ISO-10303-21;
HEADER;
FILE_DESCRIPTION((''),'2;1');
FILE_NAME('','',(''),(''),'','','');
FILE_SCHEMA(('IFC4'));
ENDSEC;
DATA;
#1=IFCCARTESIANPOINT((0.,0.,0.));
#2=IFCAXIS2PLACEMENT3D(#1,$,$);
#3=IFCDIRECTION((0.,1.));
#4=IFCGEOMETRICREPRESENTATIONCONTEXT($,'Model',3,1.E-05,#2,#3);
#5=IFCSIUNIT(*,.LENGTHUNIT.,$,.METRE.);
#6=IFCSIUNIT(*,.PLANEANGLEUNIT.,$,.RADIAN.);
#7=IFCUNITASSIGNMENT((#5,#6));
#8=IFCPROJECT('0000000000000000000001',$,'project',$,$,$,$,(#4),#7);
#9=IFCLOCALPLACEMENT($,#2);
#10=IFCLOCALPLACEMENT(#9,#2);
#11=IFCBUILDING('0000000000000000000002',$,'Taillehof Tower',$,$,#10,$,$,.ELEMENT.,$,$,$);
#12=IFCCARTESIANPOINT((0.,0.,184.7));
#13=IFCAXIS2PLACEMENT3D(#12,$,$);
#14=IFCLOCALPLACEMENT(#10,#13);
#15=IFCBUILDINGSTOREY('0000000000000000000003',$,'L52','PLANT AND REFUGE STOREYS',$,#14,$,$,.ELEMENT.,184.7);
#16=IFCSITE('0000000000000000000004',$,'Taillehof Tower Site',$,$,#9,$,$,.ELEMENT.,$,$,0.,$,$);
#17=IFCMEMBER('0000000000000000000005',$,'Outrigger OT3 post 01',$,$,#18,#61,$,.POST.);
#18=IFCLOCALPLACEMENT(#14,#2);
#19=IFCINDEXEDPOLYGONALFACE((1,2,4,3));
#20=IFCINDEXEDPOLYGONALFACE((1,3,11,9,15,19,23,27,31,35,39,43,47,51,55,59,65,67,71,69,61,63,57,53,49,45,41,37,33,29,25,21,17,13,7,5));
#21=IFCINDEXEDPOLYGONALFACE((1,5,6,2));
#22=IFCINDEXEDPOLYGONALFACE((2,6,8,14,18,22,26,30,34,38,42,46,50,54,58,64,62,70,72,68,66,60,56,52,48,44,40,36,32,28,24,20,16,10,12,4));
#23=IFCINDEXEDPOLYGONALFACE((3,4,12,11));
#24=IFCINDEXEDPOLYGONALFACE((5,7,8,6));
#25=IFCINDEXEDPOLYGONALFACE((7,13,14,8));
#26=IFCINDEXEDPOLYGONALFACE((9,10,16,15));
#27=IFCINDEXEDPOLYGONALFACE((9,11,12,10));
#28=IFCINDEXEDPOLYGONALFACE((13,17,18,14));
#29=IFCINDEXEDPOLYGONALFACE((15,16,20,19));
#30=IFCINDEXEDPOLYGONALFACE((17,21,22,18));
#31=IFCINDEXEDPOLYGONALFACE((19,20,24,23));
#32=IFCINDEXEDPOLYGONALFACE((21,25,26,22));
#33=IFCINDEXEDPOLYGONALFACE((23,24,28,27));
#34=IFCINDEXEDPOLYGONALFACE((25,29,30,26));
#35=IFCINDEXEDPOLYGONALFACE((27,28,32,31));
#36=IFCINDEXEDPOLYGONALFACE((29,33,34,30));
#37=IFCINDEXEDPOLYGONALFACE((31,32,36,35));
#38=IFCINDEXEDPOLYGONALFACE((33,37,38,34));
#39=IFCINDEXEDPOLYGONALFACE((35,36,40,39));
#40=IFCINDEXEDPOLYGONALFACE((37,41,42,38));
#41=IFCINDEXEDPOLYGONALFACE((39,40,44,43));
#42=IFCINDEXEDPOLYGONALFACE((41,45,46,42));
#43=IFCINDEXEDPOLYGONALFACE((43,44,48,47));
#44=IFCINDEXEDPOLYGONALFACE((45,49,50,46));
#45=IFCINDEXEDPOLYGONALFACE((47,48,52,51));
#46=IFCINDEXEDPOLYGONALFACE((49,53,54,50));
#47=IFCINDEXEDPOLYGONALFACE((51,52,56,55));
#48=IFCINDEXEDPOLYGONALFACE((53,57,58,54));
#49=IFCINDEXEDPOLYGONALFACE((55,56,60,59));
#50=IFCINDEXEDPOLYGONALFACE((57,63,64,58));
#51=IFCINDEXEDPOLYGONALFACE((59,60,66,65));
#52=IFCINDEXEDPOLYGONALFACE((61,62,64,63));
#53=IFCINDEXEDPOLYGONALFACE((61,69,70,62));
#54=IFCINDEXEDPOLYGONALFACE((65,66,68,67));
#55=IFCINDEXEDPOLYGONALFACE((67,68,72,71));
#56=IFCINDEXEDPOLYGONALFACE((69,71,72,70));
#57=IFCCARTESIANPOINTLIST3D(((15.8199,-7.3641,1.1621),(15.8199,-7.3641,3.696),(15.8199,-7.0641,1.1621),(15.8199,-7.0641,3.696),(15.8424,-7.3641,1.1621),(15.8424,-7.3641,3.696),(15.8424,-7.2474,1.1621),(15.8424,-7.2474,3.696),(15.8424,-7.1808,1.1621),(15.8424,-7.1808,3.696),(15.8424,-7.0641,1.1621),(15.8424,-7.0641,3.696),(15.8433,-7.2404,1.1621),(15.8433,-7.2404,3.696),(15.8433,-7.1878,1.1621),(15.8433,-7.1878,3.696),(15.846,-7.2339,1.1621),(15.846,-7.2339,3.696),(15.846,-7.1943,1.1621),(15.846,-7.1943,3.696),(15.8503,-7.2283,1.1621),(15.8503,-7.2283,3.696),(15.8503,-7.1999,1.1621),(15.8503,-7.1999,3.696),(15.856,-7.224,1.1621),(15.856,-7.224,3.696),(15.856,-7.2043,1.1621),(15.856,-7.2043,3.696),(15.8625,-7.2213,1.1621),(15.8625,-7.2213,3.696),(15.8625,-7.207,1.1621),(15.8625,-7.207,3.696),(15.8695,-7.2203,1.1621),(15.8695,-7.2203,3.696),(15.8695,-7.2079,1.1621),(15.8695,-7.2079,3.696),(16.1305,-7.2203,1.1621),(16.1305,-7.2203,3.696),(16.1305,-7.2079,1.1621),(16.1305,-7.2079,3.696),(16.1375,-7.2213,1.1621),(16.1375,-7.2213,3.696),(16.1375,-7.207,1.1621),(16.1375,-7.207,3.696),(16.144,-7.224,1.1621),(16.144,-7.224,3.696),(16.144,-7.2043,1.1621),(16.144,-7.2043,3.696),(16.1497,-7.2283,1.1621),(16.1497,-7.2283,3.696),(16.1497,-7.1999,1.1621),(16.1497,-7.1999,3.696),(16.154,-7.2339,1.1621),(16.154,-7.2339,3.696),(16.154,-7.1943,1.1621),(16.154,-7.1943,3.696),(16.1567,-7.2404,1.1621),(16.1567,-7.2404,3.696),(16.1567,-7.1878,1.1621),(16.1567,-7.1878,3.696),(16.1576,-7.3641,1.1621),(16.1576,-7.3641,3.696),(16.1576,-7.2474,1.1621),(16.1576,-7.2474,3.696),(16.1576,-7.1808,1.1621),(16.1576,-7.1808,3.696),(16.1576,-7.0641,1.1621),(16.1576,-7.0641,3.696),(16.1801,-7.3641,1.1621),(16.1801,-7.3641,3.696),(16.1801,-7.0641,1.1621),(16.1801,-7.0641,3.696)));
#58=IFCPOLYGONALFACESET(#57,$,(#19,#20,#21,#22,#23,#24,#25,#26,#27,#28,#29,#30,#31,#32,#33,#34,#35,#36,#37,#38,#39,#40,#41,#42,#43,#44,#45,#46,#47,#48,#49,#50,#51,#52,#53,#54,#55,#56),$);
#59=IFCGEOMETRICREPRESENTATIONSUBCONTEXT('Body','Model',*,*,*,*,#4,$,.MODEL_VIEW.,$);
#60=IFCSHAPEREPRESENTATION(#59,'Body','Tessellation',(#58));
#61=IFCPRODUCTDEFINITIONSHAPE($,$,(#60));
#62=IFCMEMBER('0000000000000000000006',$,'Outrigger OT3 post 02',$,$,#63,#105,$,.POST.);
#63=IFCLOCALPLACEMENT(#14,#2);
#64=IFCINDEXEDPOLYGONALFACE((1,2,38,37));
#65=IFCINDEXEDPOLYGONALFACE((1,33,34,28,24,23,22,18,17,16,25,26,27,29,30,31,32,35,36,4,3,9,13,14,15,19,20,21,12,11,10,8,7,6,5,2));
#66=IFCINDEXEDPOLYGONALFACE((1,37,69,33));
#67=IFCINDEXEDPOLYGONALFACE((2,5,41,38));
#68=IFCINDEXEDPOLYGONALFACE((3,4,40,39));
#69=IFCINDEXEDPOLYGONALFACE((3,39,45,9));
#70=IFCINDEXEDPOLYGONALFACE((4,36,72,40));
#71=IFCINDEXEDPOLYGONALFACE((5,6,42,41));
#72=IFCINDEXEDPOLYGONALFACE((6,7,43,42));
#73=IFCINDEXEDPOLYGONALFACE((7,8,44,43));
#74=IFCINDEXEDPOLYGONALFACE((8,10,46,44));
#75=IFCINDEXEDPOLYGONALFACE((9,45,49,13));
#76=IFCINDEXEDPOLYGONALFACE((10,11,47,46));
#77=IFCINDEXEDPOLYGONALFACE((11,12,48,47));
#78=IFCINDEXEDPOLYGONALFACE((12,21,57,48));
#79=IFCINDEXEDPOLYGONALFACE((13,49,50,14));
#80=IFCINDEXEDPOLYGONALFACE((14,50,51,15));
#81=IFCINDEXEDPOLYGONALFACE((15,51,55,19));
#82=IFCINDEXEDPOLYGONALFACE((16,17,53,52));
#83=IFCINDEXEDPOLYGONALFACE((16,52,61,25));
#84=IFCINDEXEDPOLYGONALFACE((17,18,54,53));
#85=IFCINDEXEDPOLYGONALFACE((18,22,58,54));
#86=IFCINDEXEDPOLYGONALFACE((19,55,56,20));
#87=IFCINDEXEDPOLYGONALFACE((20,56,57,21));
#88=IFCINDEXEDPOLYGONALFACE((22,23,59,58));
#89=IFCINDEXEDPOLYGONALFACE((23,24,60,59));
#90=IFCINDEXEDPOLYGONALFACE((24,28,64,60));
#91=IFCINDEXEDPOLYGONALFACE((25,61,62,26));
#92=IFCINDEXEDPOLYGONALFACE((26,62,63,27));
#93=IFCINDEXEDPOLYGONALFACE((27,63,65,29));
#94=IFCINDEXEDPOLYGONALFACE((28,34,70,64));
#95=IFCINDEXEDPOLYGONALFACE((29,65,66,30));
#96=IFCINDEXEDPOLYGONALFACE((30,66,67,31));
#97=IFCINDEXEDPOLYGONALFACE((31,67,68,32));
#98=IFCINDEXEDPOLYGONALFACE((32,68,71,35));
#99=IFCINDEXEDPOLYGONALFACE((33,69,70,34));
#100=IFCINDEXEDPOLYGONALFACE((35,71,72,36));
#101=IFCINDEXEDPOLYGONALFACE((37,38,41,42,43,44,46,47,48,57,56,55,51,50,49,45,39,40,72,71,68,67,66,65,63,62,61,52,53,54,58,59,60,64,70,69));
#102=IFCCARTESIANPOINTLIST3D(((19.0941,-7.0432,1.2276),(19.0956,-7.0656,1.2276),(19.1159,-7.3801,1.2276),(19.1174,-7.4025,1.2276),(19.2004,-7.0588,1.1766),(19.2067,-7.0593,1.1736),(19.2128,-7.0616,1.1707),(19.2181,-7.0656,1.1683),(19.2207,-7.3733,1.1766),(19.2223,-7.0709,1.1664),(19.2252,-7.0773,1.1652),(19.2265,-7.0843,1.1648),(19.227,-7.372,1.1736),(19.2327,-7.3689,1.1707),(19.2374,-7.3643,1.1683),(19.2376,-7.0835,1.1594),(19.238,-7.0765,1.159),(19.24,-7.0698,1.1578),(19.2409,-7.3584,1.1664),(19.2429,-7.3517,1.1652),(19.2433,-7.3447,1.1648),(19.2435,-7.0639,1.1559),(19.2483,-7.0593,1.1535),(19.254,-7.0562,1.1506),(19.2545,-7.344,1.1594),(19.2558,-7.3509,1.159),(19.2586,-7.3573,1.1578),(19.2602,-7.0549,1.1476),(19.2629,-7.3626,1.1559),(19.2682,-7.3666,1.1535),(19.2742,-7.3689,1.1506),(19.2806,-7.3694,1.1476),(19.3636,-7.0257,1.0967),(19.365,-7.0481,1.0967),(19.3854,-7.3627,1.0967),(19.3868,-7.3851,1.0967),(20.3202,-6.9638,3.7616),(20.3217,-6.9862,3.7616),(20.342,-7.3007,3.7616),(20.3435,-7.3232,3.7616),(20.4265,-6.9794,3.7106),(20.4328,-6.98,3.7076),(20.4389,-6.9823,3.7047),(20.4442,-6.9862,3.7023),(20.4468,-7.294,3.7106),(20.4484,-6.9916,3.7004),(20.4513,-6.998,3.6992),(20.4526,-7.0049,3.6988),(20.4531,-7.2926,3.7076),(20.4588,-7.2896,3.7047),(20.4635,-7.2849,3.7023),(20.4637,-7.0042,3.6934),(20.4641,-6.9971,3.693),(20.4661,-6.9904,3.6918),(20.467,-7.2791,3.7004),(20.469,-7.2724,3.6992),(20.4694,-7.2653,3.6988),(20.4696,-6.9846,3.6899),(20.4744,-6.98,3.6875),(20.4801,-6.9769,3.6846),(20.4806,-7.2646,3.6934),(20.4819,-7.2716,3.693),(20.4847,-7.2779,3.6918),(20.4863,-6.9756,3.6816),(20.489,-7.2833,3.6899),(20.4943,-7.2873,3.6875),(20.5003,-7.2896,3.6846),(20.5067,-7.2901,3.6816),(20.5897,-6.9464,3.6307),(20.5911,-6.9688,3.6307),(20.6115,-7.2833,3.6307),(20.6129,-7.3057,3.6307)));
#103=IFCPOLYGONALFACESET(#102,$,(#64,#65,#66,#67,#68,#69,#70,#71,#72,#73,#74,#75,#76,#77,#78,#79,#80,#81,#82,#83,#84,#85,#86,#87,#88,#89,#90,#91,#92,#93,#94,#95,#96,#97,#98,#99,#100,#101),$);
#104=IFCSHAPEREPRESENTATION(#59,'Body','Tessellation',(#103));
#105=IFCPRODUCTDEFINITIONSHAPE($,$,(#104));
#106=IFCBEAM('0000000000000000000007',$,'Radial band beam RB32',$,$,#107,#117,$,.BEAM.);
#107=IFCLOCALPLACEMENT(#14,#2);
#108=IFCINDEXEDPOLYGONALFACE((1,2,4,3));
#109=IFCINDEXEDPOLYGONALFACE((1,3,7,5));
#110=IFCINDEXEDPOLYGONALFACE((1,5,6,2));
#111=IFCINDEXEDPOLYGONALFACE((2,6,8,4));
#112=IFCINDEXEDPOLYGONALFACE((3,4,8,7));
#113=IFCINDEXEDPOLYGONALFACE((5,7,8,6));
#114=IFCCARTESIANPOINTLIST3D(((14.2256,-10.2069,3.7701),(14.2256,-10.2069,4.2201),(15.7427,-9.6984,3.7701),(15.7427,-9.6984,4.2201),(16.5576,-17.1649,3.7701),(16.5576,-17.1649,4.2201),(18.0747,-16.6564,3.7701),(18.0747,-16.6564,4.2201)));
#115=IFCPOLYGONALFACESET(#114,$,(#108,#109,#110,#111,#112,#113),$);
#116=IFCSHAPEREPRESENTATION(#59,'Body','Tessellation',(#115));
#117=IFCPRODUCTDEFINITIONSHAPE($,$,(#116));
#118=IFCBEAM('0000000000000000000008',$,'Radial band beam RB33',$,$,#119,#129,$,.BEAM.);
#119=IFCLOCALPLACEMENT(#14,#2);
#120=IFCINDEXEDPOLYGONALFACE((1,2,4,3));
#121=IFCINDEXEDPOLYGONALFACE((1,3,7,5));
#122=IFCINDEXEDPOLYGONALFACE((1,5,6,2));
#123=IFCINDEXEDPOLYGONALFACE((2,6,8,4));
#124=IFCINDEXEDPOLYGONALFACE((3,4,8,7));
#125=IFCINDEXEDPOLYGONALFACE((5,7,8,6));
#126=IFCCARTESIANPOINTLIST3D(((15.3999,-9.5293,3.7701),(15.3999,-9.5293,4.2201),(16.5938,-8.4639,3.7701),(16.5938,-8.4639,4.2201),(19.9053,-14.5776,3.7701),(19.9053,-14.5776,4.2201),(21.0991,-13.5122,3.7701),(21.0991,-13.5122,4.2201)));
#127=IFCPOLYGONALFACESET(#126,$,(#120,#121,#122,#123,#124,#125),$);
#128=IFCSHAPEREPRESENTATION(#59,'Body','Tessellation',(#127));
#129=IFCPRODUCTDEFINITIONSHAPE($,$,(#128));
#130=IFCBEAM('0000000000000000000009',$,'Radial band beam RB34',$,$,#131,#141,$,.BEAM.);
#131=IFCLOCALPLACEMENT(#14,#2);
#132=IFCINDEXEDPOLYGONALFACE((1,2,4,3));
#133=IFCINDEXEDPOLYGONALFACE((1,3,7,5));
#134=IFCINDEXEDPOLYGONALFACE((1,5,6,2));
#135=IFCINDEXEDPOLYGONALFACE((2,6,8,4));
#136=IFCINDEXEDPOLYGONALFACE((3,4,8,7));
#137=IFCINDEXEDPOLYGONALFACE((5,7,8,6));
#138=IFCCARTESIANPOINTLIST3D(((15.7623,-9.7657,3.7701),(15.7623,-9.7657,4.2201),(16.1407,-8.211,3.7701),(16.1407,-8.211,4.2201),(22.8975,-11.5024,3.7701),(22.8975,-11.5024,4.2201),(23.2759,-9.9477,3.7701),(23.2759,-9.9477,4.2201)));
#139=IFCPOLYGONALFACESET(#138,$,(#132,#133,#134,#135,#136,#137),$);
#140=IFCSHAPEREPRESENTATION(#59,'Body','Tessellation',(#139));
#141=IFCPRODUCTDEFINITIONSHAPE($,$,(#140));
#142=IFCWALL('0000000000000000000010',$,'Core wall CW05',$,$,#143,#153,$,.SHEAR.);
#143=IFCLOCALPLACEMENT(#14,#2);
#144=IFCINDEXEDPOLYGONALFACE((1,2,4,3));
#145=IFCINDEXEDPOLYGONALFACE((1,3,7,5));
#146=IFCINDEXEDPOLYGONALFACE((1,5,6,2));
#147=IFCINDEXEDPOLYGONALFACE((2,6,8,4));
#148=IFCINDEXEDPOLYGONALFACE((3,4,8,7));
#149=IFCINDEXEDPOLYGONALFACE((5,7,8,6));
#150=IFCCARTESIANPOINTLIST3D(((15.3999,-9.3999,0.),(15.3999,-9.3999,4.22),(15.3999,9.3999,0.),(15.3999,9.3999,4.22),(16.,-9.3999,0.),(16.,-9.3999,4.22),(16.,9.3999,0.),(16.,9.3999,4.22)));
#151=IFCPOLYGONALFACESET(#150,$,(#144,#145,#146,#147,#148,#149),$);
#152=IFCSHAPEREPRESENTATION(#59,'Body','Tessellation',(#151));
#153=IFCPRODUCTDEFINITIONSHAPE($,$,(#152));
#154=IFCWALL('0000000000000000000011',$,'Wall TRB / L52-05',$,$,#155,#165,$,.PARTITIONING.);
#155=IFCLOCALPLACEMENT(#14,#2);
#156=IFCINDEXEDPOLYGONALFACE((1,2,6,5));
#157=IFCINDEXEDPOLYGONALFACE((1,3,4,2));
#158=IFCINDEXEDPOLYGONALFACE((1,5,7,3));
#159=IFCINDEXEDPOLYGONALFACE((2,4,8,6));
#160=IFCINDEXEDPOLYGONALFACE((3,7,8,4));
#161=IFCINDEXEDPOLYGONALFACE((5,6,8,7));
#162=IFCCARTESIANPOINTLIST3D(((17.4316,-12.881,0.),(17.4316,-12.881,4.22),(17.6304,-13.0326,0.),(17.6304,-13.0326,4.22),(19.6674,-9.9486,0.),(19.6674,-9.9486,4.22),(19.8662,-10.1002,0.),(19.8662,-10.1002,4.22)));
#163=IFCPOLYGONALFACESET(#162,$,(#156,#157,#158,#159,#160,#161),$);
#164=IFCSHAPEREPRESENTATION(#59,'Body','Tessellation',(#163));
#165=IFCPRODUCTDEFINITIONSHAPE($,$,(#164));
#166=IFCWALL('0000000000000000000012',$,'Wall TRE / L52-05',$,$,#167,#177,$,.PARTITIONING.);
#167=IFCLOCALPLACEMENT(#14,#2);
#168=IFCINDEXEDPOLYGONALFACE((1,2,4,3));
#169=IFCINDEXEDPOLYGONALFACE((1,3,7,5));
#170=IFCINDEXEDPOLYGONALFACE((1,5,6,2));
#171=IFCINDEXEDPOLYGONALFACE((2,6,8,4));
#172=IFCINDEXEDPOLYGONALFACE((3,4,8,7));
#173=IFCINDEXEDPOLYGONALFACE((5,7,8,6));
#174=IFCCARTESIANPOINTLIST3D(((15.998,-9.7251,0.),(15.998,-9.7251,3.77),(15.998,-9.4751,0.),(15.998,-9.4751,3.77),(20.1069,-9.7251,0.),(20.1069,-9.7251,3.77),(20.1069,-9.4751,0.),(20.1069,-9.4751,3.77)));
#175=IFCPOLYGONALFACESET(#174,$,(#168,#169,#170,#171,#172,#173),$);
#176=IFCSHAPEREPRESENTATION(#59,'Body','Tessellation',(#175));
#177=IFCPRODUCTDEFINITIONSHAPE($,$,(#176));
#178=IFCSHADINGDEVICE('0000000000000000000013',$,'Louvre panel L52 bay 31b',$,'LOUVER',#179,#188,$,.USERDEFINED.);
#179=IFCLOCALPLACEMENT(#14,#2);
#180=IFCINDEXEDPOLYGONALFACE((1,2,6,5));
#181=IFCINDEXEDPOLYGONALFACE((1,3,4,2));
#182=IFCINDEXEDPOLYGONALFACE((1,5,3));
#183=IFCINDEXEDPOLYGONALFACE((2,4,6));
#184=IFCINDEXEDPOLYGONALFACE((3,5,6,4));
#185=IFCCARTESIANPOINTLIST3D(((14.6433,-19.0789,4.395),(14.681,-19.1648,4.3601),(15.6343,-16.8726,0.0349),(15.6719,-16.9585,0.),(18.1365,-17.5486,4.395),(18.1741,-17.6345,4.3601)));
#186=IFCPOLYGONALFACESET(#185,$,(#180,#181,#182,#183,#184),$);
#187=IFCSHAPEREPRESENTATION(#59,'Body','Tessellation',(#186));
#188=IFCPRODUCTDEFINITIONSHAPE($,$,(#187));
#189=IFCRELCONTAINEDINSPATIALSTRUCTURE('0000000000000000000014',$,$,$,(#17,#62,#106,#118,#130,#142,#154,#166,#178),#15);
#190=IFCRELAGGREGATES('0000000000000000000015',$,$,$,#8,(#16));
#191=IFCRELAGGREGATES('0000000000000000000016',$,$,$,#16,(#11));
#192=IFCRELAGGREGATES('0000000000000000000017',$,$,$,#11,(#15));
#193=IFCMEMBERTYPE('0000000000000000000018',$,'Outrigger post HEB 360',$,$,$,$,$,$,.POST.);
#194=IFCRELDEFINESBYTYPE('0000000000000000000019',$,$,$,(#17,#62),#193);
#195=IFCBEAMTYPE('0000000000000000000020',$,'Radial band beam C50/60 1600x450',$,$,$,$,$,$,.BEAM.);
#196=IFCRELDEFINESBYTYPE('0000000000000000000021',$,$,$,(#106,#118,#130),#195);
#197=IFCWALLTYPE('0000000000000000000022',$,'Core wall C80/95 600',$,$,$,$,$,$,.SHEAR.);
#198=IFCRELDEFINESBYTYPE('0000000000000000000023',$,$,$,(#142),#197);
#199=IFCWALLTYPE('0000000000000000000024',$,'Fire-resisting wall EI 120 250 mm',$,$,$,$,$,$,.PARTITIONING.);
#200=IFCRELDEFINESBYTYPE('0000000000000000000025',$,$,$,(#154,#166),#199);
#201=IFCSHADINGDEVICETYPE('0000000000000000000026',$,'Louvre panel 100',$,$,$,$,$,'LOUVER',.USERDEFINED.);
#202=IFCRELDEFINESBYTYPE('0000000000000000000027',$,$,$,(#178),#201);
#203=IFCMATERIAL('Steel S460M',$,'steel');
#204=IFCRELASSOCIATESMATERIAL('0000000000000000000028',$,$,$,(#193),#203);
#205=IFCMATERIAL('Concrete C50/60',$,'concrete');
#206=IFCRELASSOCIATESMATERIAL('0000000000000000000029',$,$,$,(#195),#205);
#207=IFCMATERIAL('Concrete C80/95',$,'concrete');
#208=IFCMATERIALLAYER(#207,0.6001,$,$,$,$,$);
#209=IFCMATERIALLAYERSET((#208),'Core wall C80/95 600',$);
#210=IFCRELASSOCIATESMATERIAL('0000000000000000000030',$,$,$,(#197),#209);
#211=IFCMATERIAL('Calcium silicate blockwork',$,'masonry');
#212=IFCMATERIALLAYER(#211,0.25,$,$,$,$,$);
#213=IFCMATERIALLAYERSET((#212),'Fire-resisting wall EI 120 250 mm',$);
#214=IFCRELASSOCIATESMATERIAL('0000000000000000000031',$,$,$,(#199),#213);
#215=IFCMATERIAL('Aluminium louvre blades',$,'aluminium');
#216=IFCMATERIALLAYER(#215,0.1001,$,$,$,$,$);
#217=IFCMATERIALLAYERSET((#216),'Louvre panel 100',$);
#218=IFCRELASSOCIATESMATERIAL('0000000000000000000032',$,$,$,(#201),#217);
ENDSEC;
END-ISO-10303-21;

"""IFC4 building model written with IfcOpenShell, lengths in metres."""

from ifc_helpers import new_model, si_unit, direction, frame, frame_2d, origin, origin_2d, place, context, subcontext, project, spatial, polyline, rectangle, i_section, outline, extrude, material, layer, layer_set, material_profile, profile_set, type_object, element, save


model = new_model("IFC4")

# Units and contexts
model_context = context("Model", 3, precision=1e-05, world=origin(), true_north=direction((0.0, 1.0)))
body_context = subcontext(model_context, "Body", "Model", "MODEL_VIEW")
ifc_project = project(units=[si_unit("LENGTHUNIT", "METRE"), si_unit("PLANEANGLEUNIT", "RADIAN")], contexts=[model_context])

# Site, building, storey
site_placement = place(None, origin())
site = spatial("IfcSite", under=ifc_project, at=site_placement, Name="Taillehof Tower Site", CompositionType="ELEMENT", RefElevation=0.0)
building_placement = place(site_placement, origin())
building = spatial("IfcBuilding", under=site, at=building_placement, Name="Taillehof Tower", CompositionType="ELEMENT")
storey_placement = place(building_placement, frame((0.0, 0.0, 184.7)))
storey = spatial("IfcBuildingStorey", under=building, at=storey_placement, Name="L52", Description="PLANT AND REFUGE STOREYS", CompositionType="ELEMENT", Elevation=184.7)

# Members
ifc_material_1 = material(Name="Steel S460M", Category="steel")
ifc_material_profile_1 = material_profile(ifc_material_1, i_section(OverallWidth=0.3, OverallDepth=0.3601, WebThickness=0.0125, FlangeThickness=0.0225, FilletRadius=0.0271, at=origin_2d()), Name="HEB 360")
ifc_profile_set_1 = profile_set([ifc_material_profile_1], Name="Steel S460M")
member_type_1 = type_object("IfcMemberType", Name="Outrigger post HEB 360", PredefinedType="POST", material=ifc_profile_set_1)
member_1_placement = place(storey_placement, frame((16.0, -7.2141, 1.1621), z_axis=(0.0, 0.0, 1.0), x_axis=(0.0, -1.0, 0.0)))
element("IfcMember", 1, at=member_1_placement, inside=storey, type_object=member_type_1, Name="Outrigger OT3 post 01", PredefinedType="POST", context=body_context, shape_type="SweptSolid", body=[
    extrude(i_section(OverallWidth=0.3, OverallDepth=0.3601, WebThickness=0.0125, FlangeThickness=0.0225, FilletRadius=0.0271, at=origin_2d()), origin(), (0.0, 0.0, 1.0), 2.5339),
])
member_2_placement = place(storey_placement, frame((19.2405, -7.2141, 1.1621), z_axis=(0.435381, 0.028176, 0.899805), x_axis=(0.897927, 0.05811, -0.436292)))
element("IfcMember", 2, at=member_2_placement, inside=storey, type_object=member_type_1, Name="Outrigger OT3 post 02", PredefinedType="POST", context=body_context, shape_type="SweptSolid", body=[
    extrude(i_section(OverallWidth=0.3, OverallDepth=0.3601, WebThickness=0.0125, FlangeThickness=0.0225, FilletRadius=0.0271, at=origin_2d()), origin(), (0.0, 0.0, 1.0), 2.8162),
])

# Beams
ifc_material_2 = material(Name="Concrete C50/60", Category="concrete")
ifc_material_profile_2 = material_profile(ifc_material_2, rectangle(XDim=1.6001, YDim=0.45, at=origin_2d()), Name="RC 1600x450")
ifc_profile_set_2 = profile_set([ifc_material_profile_2], Name="Concrete C50/60")
beam_type = type_object("IfcBeamType", Name="Radial band beam C50/60 1600x450", PredefinedType="BEAM", material=ifc_profile_set_2)
beam_1_placement = place(storey_placement, frame((17.3162, -16.9106, 3.9951), z_axis=(-0.317784, 0.948163, 0.0), x_axis=(-0.948163, -0.317784, 0.0)))
element("IfcBeam", 3, at=beam_1_placement, inside=storey, type_object=beam_type, Name="Radial band beam RB32", PredefinedType="BEAM", context=body_context, shape_type="SweptSolid", body=[
    extrude(rectangle(XDim=1.6001, YDim=0.45, at=origin_2d()), origin(), (0.0, 0.0, 1.0), 7.3384),
])
beam_2_placement = place(storey_placement, frame((20.5022, -14.0449, 3.9951), z_axis=(-0.665845, 0.74609, 0.0), x_axis=(-0.74609, -0.665845, 0.0)))
element("IfcBeam", 4, at=beam_2_placement, inside=storey, type_object=beam_type, Name="Radial band beam RB33", PredefinedType="BEAM", context=body_context, shape_type="SweptSolid", body=[
    extrude(rectangle(XDim=1.6001, YDim=0.45, at=origin_2d()), origin(), (0.0, 0.0, 1.0), 6.7664),
])
beam_3_placement = place(storey_placement, frame((23.0867, -10.7251, 3.9951), z_axis=(-0.97163, 0.236508, 0.0), x_axis=(-0.236508, -0.97163, 0.0)))
element("IfcBeam", 5, at=beam_3_placement, inside=storey, type_object=beam_type, Name="Radial band beam RB34", PredefinedType="BEAM", context=body_context, shape_type="SweptSolid", body=[
    extrude(rectangle(XDim=1.6001, YDim=0.45, at=origin_2d()), origin(), (0.0, 0.0, 1.0), 7.3435),
])

# Walls
ifc_material_3 = material(Name="Concrete C80/95", Category="concrete")
ifc_layer_1 = layer(ifc_material_3, 0.6001)
ifc_layer_set_1 = layer_set([ifc_layer_1], Name="Core wall C80/95 600")
wall_type_1 = type_object("IfcWallType", Name="Core wall C80/95 600", PredefinedType="SHEAR", material=ifc_layer_set_1)
wall_1_placement = place(storey_placement, frame((15.7, -9.3999, 0.0), z_axis=(0.0, 0.0, 1.0), x_axis=(0.0, 1.0, 0.0)))
element("IfcWall", 6, at=wall_1_placement, inside=storey, type_object=wall_type_1, Name="Core wall CW05", PredefinedType="SHEAR", context=body_context, shape_type="SweptSolid", body=[
    extrude(rectangle(XDim=18.7998, YDim=0.6001, at=frame_2d((9.3999, 0.0))), origin(), (0.0, 0.0, 1.0), 4.22),
])
ifc_material_4 = material(Name="Calcium silicate blockwork", Category="masonry")
ifc_layer_2 = layer(ifc_material_4, 0.25)
ifc_layer_set_2 = layer_set([ifc_layer_2], Name="Fire-resisting wall EI 120 250 mm")
wall_type_2 = type_object("IfcWallType", Name="Fire-resisting wall EI 120 250 mm", PredefinedType="PARTITIONING", material=ifc_layer_set_2)
wall_2_placement = place(storey_placement, frame((17.531, -12.9568, 0.0), z_axis=(0.0, 0.0, 1.0), x_axis=(0.606326, 0.795216, 0.0)))
element("IfcWall", 7, at=wall_2_placement, inside=storey, type_object=wall_type_2, Name="Wall TRB / L52-05", PredefinedType="PARTITIONING", context=body_context, shape_type="SweptSolid", body=[
    extrude(rectangle(XDim=3.6875, YDim=0.25, at=frame_2d((1.8438, 0.0))), origin(), (0.0, 0.0, 1.0), 4.22),
])
wall_3_placement = place(storey_placement, frame((15.998, -9.6001, 0.0), z_axis=(0.0, 0.0, 1.0), x_axis=(1.0, 0.0, 0.0)))
element("IfcWall", 8, at=wall_3_placement, inside=storey, type_object=wall_type_2, Name="Wall TRE / L52-05", PredefinedType="PARTITIONING", context=body_context, shape_type="SweptSolid", body=[
    extrude(rectangle(XDim=4.1089, YDim=0.25, at=frame_2d((2.0544, 0.0))), origin(), (0.0, 0.0, 1.0), 3.77),
])

# Shading device
ifc_material_5 = material(Name="Aluminium louvre blades", Category="aluminium")
ifc_layer_3 = layer(ifc_material_5, 0.1001)
ifc_layer_set_3 = layer_set([ifc_layer_3], Name="Louvre panel 100")
shading_device_type = type_object("IfcShadingDeviceType", Name="Louvre panel 100", ElementType="LOUVER", PredefinedType="USERDEFINED", material=ifc_layer_set_3)
shading_device_1_placement = place(storey_placement, frame((15.6343, -16.8726, 0.0349), z_axis=(-0.376047, 0.858404, 0.348901), x_axis=(0.493303, -0.133277, 0.859587)))
element("IfcShadingDevice", 9, at=shading_device_1_placement, inside=storey, type_object=shading_device_type, Name="Louvre panel L52 bay 31b", ObjectType="LOUVER", PredefinedType="USERDEFINED", context=body_context, shape_type="SweptSolid", body=[
    extrude(outline(polyline([(0.0, 0.0), (5.0723, 0.0), (3.5531, -3.498), (0.0, 0.0)])), origin(), (0.0, 0.0, -1.0), 0.1001),
])

save(model, "model.ifc")
